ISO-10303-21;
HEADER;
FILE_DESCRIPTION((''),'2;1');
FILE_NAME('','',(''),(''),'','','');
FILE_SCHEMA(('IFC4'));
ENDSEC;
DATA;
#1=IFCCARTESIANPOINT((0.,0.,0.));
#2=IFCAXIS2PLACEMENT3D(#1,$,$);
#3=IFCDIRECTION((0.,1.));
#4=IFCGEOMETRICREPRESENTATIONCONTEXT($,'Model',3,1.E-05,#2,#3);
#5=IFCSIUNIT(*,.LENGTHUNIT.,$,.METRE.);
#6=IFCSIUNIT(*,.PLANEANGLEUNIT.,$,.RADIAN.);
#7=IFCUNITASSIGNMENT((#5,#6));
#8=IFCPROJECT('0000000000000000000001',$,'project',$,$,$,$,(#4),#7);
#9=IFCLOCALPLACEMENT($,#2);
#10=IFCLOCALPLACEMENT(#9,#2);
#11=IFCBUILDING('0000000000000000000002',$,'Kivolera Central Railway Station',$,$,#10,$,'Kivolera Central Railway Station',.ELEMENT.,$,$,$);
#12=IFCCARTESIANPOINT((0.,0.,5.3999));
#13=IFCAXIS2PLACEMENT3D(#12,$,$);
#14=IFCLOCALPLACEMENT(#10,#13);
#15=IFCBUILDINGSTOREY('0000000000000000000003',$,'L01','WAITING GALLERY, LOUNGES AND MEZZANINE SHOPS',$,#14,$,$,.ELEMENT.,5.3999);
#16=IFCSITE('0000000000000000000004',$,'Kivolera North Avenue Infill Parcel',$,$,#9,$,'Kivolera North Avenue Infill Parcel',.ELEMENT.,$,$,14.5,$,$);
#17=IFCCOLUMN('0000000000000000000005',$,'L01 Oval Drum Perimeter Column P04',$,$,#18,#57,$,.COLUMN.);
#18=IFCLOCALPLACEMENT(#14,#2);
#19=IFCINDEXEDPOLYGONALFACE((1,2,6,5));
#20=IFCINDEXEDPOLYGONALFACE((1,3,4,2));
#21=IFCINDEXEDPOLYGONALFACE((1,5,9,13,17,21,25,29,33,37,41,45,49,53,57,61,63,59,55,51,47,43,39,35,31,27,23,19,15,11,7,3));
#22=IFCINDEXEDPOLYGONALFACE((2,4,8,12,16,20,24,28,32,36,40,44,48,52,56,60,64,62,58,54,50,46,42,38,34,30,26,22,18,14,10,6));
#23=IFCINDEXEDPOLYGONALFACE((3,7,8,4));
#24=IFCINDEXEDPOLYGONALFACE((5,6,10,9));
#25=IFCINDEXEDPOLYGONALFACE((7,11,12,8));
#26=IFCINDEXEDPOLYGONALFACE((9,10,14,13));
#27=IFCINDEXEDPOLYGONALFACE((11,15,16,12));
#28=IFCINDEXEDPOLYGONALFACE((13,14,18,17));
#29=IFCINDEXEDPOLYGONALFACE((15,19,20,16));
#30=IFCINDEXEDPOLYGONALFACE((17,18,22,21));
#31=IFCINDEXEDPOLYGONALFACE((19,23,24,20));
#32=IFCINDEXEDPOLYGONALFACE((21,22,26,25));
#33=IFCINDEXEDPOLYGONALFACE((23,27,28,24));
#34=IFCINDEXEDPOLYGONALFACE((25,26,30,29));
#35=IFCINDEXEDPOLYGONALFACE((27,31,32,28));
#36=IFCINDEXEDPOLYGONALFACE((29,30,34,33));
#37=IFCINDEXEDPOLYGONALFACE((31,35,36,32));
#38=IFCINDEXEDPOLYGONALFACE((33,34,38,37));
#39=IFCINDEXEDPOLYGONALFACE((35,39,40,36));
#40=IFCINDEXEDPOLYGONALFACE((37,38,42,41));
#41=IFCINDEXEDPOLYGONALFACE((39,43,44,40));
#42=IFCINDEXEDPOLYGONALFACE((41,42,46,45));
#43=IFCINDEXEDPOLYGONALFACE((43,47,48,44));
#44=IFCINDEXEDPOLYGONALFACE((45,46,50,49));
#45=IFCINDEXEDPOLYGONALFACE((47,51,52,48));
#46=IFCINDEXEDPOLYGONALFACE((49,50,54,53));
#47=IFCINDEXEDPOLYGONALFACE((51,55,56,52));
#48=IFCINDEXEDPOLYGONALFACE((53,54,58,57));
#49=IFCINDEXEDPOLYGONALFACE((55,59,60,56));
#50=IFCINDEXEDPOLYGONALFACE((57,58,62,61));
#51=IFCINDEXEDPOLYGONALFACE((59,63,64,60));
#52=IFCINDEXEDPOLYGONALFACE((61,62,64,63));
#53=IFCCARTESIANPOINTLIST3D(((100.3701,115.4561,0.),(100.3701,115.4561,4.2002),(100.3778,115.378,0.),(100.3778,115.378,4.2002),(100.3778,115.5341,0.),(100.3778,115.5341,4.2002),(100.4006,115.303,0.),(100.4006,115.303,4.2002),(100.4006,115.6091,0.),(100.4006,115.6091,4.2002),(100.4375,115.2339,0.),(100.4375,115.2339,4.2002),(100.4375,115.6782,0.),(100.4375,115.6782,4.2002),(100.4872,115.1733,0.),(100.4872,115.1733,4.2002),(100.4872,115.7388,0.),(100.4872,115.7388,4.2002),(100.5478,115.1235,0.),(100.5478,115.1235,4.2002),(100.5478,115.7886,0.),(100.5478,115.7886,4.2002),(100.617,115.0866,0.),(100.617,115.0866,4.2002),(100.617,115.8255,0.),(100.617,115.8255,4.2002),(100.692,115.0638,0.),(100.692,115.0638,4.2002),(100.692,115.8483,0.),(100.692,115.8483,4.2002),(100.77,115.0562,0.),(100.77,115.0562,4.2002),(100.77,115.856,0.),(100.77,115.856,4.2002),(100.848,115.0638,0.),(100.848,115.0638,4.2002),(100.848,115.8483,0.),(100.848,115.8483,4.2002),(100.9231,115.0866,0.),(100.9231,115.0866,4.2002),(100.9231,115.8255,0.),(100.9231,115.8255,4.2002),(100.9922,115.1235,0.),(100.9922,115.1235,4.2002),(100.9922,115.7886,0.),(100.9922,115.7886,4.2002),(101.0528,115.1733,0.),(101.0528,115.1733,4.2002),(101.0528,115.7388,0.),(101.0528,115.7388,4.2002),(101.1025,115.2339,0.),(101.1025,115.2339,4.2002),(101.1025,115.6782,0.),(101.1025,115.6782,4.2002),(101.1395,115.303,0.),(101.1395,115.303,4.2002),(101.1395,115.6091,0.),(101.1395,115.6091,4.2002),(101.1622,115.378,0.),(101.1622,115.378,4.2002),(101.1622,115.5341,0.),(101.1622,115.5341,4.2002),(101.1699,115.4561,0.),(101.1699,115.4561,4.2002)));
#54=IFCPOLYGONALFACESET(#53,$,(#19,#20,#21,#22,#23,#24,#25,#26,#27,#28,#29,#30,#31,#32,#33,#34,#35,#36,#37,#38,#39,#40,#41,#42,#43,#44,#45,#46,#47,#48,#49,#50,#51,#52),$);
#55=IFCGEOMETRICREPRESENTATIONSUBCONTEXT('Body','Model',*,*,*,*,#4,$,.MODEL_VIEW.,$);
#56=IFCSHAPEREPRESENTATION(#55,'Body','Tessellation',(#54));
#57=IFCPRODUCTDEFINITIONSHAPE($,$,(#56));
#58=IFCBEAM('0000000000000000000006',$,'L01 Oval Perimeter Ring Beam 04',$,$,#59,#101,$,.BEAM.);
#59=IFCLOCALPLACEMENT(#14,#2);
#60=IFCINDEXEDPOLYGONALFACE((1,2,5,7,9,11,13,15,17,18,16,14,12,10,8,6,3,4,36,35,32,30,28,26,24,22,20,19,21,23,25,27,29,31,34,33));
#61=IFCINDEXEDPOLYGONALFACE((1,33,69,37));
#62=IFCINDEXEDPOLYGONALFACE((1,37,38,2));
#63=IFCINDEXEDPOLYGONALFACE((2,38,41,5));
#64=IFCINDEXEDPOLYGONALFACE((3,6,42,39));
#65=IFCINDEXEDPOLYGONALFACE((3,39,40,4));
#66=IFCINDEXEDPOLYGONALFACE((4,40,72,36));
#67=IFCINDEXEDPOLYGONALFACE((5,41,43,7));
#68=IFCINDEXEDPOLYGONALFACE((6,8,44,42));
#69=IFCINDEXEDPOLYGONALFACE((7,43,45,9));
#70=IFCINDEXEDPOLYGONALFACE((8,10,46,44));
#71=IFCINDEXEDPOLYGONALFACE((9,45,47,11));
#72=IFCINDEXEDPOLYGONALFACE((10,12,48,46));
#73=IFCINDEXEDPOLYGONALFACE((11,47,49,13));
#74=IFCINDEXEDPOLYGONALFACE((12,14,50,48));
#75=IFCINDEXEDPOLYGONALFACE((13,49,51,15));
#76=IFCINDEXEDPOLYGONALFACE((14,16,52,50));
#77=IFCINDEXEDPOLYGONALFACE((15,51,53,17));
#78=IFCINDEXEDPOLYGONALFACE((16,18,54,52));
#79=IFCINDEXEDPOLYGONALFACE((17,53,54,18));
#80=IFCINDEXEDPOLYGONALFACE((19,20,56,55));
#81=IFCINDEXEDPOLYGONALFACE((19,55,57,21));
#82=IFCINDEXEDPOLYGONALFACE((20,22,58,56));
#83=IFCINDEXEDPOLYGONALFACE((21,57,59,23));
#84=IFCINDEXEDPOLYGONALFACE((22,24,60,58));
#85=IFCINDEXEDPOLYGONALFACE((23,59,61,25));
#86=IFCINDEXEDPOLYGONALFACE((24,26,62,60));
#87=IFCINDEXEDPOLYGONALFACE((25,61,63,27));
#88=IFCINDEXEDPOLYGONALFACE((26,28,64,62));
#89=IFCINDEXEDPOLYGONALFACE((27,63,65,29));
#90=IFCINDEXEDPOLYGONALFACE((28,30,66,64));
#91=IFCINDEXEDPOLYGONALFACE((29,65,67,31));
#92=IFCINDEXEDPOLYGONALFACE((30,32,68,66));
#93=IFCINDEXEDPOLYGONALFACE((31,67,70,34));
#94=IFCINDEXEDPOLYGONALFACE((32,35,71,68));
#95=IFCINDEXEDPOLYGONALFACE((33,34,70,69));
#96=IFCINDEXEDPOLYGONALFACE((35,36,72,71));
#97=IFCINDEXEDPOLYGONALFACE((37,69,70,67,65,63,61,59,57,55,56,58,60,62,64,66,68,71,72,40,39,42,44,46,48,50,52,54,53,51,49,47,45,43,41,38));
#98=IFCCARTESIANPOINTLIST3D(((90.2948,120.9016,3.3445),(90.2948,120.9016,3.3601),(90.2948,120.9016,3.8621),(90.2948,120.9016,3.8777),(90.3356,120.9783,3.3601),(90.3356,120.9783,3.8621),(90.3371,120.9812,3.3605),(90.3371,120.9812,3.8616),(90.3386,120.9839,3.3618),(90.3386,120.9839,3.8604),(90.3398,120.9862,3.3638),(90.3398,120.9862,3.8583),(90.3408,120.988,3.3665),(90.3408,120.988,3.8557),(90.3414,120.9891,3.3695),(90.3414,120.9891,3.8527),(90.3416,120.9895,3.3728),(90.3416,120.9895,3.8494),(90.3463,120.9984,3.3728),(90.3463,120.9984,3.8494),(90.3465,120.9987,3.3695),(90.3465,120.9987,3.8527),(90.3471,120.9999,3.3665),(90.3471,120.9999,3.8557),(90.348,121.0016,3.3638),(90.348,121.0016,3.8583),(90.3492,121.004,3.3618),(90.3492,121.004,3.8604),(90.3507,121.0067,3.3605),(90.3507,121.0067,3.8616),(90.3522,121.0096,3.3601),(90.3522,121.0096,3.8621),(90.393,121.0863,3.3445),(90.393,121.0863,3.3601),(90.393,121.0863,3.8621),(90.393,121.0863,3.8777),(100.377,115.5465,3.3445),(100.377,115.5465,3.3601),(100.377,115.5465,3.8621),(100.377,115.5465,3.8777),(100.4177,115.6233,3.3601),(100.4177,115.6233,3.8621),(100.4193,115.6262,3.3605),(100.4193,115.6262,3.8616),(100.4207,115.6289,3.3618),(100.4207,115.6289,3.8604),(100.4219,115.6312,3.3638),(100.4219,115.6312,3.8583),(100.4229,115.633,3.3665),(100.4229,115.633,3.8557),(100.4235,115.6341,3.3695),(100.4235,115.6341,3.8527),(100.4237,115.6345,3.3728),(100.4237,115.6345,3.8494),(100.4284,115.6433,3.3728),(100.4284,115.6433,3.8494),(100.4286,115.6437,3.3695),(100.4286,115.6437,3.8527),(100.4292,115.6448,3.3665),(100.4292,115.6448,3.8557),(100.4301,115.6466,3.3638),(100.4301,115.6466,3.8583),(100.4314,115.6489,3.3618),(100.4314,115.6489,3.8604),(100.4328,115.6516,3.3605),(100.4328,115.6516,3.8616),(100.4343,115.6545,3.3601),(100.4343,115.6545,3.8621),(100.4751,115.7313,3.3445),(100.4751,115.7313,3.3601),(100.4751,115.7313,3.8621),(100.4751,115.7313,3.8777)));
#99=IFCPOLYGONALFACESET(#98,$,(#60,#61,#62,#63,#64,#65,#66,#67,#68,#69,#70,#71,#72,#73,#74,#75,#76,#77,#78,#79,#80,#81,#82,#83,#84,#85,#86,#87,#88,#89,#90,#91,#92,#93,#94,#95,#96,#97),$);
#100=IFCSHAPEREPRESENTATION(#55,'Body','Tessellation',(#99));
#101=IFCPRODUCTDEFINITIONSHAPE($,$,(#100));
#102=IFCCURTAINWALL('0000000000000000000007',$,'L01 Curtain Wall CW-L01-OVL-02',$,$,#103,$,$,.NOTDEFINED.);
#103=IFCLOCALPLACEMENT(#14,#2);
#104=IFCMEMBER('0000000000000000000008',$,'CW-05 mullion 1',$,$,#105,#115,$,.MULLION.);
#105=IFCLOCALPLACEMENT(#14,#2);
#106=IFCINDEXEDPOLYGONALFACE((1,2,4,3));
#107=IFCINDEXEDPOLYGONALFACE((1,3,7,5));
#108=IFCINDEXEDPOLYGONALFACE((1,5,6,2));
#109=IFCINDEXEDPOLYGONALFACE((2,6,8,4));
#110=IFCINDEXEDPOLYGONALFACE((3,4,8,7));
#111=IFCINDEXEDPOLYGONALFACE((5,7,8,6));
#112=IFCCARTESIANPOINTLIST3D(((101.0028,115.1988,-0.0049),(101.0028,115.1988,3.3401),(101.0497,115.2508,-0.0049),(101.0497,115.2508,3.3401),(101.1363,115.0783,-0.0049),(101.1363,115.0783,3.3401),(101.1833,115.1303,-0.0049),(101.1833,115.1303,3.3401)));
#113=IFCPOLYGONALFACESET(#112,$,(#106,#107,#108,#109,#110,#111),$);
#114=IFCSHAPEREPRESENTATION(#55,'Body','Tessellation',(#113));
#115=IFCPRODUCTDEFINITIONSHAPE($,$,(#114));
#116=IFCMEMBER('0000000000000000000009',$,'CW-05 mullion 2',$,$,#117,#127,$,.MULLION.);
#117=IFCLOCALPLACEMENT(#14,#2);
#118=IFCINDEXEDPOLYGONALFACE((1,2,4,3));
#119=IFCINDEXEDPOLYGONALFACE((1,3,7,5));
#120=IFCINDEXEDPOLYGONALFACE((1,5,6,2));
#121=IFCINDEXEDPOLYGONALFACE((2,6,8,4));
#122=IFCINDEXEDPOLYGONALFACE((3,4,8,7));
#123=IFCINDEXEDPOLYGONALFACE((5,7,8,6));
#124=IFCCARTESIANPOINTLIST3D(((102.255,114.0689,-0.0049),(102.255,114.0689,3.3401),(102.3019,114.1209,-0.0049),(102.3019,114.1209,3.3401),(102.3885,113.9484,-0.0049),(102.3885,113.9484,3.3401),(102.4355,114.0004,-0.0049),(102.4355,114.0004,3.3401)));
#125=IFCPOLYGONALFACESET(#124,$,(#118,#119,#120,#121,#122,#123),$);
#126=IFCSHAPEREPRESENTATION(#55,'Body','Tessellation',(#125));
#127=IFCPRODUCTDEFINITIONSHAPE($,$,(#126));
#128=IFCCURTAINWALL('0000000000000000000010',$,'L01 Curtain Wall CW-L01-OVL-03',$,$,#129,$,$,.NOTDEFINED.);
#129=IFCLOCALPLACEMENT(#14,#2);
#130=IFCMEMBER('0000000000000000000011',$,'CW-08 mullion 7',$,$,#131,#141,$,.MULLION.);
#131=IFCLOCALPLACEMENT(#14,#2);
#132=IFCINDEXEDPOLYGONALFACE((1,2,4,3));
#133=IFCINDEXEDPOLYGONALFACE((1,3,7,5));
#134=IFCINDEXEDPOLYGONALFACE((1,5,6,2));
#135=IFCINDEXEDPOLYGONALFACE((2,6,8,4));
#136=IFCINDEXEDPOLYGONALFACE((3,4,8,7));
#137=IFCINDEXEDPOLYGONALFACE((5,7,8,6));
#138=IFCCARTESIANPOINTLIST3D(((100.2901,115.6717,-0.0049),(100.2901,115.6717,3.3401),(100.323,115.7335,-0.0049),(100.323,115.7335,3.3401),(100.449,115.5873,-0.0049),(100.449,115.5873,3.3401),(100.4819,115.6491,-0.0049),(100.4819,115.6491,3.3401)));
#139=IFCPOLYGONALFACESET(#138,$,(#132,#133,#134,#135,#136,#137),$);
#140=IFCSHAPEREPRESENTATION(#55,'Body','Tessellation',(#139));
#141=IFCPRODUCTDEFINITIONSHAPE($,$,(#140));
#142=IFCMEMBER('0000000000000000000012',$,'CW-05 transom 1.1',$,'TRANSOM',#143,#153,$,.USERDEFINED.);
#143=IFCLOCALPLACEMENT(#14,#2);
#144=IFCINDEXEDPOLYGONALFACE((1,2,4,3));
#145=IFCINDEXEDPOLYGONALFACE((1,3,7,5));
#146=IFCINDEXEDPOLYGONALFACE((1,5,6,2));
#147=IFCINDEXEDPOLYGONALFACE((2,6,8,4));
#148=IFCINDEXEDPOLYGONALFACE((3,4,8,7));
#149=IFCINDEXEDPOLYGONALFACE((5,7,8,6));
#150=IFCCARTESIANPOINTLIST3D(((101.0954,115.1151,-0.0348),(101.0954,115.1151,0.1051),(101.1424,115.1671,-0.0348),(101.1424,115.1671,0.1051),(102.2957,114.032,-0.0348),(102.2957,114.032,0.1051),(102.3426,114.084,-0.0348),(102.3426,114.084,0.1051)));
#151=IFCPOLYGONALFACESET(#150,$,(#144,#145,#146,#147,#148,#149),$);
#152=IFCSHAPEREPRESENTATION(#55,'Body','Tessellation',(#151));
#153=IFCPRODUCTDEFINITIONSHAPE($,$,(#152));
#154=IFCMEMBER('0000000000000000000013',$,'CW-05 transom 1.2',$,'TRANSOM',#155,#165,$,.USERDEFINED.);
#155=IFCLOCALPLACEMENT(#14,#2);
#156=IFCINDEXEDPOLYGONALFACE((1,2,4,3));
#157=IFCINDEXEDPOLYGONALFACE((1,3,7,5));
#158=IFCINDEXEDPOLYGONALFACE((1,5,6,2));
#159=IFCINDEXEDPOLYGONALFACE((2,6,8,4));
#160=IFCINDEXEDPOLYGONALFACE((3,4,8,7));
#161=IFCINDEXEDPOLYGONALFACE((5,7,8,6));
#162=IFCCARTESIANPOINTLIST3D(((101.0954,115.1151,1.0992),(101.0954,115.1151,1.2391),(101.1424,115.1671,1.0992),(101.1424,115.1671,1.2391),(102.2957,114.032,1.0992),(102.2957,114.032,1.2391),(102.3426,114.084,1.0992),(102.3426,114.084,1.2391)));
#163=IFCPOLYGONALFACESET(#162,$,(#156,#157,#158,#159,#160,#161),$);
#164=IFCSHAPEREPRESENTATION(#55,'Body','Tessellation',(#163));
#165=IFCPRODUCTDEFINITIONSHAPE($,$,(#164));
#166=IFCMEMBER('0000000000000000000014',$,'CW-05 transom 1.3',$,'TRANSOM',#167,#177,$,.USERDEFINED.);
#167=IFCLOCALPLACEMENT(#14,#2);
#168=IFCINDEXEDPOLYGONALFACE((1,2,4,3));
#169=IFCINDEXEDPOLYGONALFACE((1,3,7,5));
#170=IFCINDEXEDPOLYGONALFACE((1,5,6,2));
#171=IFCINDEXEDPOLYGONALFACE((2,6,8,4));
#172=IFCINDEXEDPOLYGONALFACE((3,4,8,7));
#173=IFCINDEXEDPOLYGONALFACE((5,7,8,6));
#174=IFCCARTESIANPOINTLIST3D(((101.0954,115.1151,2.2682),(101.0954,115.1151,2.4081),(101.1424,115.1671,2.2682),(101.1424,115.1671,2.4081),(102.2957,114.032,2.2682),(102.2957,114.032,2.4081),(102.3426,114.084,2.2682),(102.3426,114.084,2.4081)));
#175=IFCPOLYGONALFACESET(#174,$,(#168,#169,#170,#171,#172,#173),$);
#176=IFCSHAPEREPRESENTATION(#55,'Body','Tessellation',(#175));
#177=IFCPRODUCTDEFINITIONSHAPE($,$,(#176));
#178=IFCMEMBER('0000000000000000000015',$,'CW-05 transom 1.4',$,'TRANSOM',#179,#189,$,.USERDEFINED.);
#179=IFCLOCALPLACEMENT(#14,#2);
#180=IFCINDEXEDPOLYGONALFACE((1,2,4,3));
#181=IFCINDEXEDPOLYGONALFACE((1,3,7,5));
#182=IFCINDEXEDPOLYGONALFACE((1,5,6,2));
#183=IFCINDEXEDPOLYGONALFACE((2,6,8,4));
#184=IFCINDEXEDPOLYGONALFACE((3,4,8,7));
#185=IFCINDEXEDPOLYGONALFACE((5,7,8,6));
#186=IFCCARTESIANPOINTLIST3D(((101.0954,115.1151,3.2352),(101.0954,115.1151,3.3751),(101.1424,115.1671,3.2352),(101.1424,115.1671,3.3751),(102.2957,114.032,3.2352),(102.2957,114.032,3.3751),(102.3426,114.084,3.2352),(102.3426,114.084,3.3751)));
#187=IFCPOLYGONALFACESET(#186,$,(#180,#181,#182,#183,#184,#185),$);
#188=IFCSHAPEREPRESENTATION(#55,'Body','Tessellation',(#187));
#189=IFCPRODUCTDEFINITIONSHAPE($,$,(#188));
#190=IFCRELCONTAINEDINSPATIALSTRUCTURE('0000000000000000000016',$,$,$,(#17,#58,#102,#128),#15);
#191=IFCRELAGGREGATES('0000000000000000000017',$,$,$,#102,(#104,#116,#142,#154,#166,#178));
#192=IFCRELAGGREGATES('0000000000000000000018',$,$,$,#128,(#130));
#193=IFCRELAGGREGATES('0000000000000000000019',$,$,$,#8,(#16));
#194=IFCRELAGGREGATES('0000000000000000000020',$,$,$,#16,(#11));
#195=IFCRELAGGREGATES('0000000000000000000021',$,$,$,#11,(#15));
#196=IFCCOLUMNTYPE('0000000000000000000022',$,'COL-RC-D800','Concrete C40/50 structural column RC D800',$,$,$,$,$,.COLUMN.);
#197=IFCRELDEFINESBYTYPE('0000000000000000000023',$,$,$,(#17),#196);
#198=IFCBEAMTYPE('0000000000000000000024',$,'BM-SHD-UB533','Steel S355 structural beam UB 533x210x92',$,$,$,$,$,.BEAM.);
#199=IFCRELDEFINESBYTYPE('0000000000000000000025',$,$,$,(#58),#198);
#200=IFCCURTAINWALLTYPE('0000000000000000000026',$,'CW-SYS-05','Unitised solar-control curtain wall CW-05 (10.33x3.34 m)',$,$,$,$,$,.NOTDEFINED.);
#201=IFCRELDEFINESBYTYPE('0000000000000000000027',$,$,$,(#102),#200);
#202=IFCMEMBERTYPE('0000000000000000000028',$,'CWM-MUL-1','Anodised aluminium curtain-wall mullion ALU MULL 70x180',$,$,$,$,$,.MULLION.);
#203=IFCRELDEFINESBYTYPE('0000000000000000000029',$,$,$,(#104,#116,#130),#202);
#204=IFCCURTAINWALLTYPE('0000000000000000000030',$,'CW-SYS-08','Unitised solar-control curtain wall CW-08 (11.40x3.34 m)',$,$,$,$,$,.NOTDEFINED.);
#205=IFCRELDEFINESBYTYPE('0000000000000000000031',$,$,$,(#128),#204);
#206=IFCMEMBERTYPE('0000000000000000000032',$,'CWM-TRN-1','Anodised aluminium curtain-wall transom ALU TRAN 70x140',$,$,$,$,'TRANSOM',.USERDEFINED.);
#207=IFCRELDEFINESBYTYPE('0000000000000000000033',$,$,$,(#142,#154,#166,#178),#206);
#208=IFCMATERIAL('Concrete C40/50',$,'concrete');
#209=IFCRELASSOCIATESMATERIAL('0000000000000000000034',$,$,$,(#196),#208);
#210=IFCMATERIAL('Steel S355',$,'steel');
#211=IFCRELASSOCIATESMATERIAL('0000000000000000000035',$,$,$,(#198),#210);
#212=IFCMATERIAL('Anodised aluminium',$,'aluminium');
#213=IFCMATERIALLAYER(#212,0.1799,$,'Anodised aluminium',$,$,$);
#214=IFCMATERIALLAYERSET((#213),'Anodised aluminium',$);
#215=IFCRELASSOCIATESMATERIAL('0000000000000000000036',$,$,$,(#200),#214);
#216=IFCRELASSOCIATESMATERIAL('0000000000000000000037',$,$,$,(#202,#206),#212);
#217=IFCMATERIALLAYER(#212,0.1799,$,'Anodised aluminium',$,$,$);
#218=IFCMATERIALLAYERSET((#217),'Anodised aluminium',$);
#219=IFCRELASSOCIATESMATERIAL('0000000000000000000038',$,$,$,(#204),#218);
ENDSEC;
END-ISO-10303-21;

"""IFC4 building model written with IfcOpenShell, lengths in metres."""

from ifc_helpers import new_model, si_unit, direction, frame, origin, origin_2d, place, context, subcontext, project, spatial, rectangle, circle, i_section, extrude, material, layer, layer_set, material_profile, profile_set, type_object, element, aggregate, save


model = new_model("IFC4")

# Units and contexts
model_context = context("Model", 3, precision=1e-05, world=origin(), true_north=direction((0.0, 1.0)))
body_context = subcontext(model_context, "Body", "Model", "MODEL_VIEW")
ifc_project = project(units=[si_unit("LENGTHUNIT", "METRE"), si_unit("PLANEANGLEUNIT", "RADIAN")], contexts=[model_context])

# Site, building, storey
site_placement = place(None, origin())
site = spatial("IfcSite", under=ifc_project, at=site_placement, Name="Kivolera North Avenue Infill Parcel", LongName="Kivolera North Avenue Infill Parcel", CompositionType="ELEMENT", RefElevation=14.5)
building_placement = place(site_placement, origin())
building = spatial("IfcBuilding", under=site, at=building_placement, Name="Kivolera Central Railway Station", LongName="Kivolera Central Railway Station", CompositionType="ELEMENT")
storey_placement = place(building_placement, frame((0.0, 0.0, 5.3999)))
storey = spatial("IfcBuildingStorey", under=building, at=storey_placement, Name="L01", Description="WAITING GALLERY, LOUNGES AND MEZZANINE SHOPS", CompositionType="ELEMENT", Elevation=5.3999)

# Column
ifc_material_1 = material(Name="Concrete C40/50", Category="concrete")
ifc_material_profile_1 = material_profile(ifc_material_1, circle(Radius=0.3999, at=origin_2d()), Name="RC D800")
ifc_profile_set_1 = profile_set([ifc_material_profile_1], Name="Concrete C40/50")
column_type = type_object("IfcColumnType", Name="COL-RC-D800", Description="Concrete C40/50 structural column RC D800", PredefinedType="COLUMN", material=ifc_profile_set_1)
column_placement = place(storey_placement, frame((100.77, 115.4561, 0.0), z_axis=(0.0, 0.0, 1.0), x_axis=(1.0, 0.0, 0.0)))
element("IfcColumn", 1, at=column_placement, inside=storey, type_object=column_type, Name="L01 Oval Drum Perimeter Column P04", PredefinedType="COLUMN", context=body_context, shape_type="SweptSolid", body=[
    extrude(circle(Radius=0.3999, at=origin_2d()), origin(), (0.0, 0.0, 1.0), 4.2002),
])

# Beam
ifc_material_2 = material(Name="Steel S355", Category="steel")
ifc_material_profile_2 = material_profile(ifc_material_2, i_section(OverallWidth=0.2092, OverallDepth=0.5332, WebThickness=0.01, FlangeThickness=0.0156, FilletRadius=0.0127, at=origin_2d()), Name="UB 533x210x92")
ifc_profile_set_2 = profile_set([ifc_material_profile_2], Name="Steel S355")
beam_type = type_object("IfcBeamType", Name="BM-SHD-UB533", Description="Steel S355 structural beam UB 533x210x92", PredefinedType="BEAM", material=ifc_profile_set_2)
beam_placement = place(storey_placement, frame((100.426, 115.6389, 3.6111), z_axis=(-0.883156, 0.46908, 0.0), x_axis=(-0.46908, -0.883156, 0.0)))
element("IfcBeam", 2, at=beam_placement, inside=storey, type_object=beam_type, Name="L01 Oval Perimeter Ring Beam 04", PredefinedType="BEAM", context=body_context, shape_type="SweptSolid", body=[
    extrude(i_section(OverallWidth=0.2092, OverallDepth=0.5332, WebThickness=0.01, FlangeThickness=0.0156, FilletRadius=0.0127, at=origin_2d()), origin(), (0.0, 0.0, 1.0), 11.416),
])

# Curtain wall, members
ifc_material_3 = material(Name="Anodised aluminium", Category="aluminium")
ifc_layer_1 = layer(ifc_material_3, 0.1799, Name="Anodised aluminium")
ifc_layer_set_1 = layer_set([ifc_layer_1], Name="Anodised aluminium")
curtain_wall_type_1 = type_object("IfcCurtainWallType", Name="CW-SYS-05", Description="Unitised solar-control curtain wall CW-05 (10.33x3.34 m)", PredefinedType="NOTDEFINED", material=ifc_layer_set_1)
curtain_wall_1_placement = place(storey_placement, origin())
curtain_wall_1 = element("IfcCurtainWall", 3, at=curtain_wall_1_placement, inside=storey, type_object=curtain_wall_type_1, Name="L01 Curtain Wall CW-L01-OVL-02", PredefinedType="NOTDEFINED")
ifc_material_profile_3 = material_profile(ifc_material_3, rectangle(XDim=0.0701, YDim=0.1799, at=origin_2d()), Name="ALU MULL 70x180")
ifc_profile_set_3 = profile_set([ifc_material_profile_3], Name="Anodised aluminium")
member_type_1 = type_object("IfcMemberType", Name="CWM-MUL-1", Description="Anodised aluminium curtain-wall mullion ALU MULL 70x180", PredefinedType="MULLION", material=ifc_profile_set_3)
member_1_placement = place(storey_placement, frame((101.093, 115.1646, -0.0049), z_axis=(0.0, 0.0, 1.0), x_axis=(0.669922, 0.742432, 0.0)))
member_1 = element("IfcMember", 4, at=member_1_placement, type_object=member_type_1, Name="CW-05 mullion 1", PredefinedType="MULLION", context=body_context, shape_type="SweptSolid", body=[
    extrude(rectangle(XDim=0.0701, YDim=0.1799, at=origin_2d()), origin(), (0.0, 0.0, 1.0), 3.345),
])
member_2_placement = place(storey_placement, frame((102.3452, 114.0347, -0.0049), z_axis=(0.0, 0.0, 1.0), x_axis=(0.669922, 0.742432, 0.0)))
member_2 = element("IfcMember", 5, at=member_2_placement, type_object=member_type_1, Name="CW-05 mullion 2", PredefinedType="MULLION", context=body_context, shape_type="SweptSolid", body=[
    extrude(rectangle(XDim=0.0701, YDim=0.1799, at=origin_2d()), origin(), (0.0, 0.0, 1.0), 3.345),
])

# Curtain wall, member
ifc_layer_2 = layer(ifc_material_3, 0.1799, Name="Anodised aluminium")
ifc_layer_set_2 = layer_set([ifc_layer_2], Name="Anodised aluminium")
curtain_wall_type_2 = type_object("IfcCurtainWallType", Name="CW-SYS-08", Description="Unitised solar-control curtain wall CW-08 (11.40x3.34 m)", PredefinedType="NOTDEFINED", material=ifc_layer_set_2)
curtain_wall_2_placement = place(storey_placement, origin())
curtain_wall_2 = element("IfcCurtainWall", 6, at=curtain_wall_2_placement, inside=storey, type_object=curtain_wall_type_2, Name="L01 Curtain Wall CW-L01-OVL-03", PredefinedType="NOTDEFINED")
member_3_placement = place(storey_placement, frame((100.386, 115.6604, -0.0049), z_axis=(0.0, 0.0, 1.0), x_axis=(0.469053, 0.88317, 0.0)))
member_3 = element("IfcMember", 7, at=member_3_placement, type_object=member_type_1, Name="CW-08 mullion 7", PredefinedType="MULLION", context=body_context, shape_type="SweptSolid", body=[
    extrude(rectangle(XDim=0.0701, YDim=0.1799, at=origin_2d()), origin(), (0.0, 0.0, 1.0), 3.345),
])

# Members
ifc_material_profile_4 = material_profile(ifc_material_3, rectangle(XDim=0.0701, YDim=0.1399, at=origin_2d()), Name="ALU TRAN 70x140")
ifc_profile_set_4 = profile_set([ifc_material_profile_4], Name="Anodised aluminium")
member_type_2 = type_object("IfcMemberType", Name="CWM-TRN-1", Description="Anodised aluminium curtain-wall transom ALU TRAN 70x140", ElementType="TRANSOM", PredefinedType="USERDEFINED", material=ifc_profile_set_4)
member_4_placement = place(storey_placement, frame((101.1189, 115.1411, 0.0352), z_axis=(0.742422, -0.669932, 0.0), x_axis=(0.669932, 0.742422, 0.0)))
member_4 = element("IfcMember", 8, at=member_4_placement, type_object=member_type_2, Name="CW-05 transom 1.1", ObjectType="TRANSOM", PredefinedType="USERDEFINED", context=body_context, shape_type="SweptSolid", body=[
    extrude(rectangle(XDim=0.0701, YDim=0.1399, at=origin_2d()), origin(), (0.0, 0.0, 1.0), 1.6167),
])
member_5_placement = place(storey_placement, frame((101.1189, 115.1411, 1.1692), z_axis=(0.742422, -0.669932, 0.0), x_axis=(0.669932, 0.742422, 0.0)))
member_5 = element("IfcMember", 9, at=member_5_placement, type_object=member_type_2, Name="CW-05 transom 1.2", ObjectType="TRANSOM", PredefinedType="USERDEFINED", context=body_context, shape_type="SweptSolid", body=[
    extrude(rectangle(XDim=0.0701, YDim=0.1399, at=origin_2d()), origin(), (0.0, 0.0, 1.0), 1.6167),
])
member_6_placement = place(storey_placement, frame((101.1189, 115.1411, 2.3381), z_axis=(0.742422, -0.669932, 0.0), x_axis=(0.669932, 0.742422, 0.0)))
member_6 = element("IfcMember", 10, at=member_6_placement, type_object=member_type_2, Name="CW-05 transom 1.3", ObjectType="TRANSOM", PredefinedType="USERDEFINED", context=body_context, shape_type="SweptSolid", body=[
    extrude(rectangle(XDim=0.0701, YDim=0.1399, at=origin_2d()), origin(), (0.0, 0.0, 1.0), 1.6167),
])
member_7_placement = place(storey_placement, frame((101.1189, 115.1411, 3.3052), z_axis=(0.742422, -0.669932, 0.0), x_axis=(0.669932, 0.742422, 0.0)))
member_7 = element("IfcMember", 11, at=member_7_placement, type_object=member_type_2, Name="CW-05 transom 1.4", ObjectType="TRANSOM", PredefinedType="USERDEFINED", context=body_context, shape_type="SweptSolid", body=[
    extrude(rectangle(XDim=0.0701, YDim=0.1399, at=origin_2d()), origin(), (0.0, 0.0, 1.0), 1.6167),
])

aggregate(curtain_wall_1, [member_1, member_2, member_4, member_5, member_6, member_7])
aggregate(curtain_wall_2, [member_3])

save(model, "model.ifc")
